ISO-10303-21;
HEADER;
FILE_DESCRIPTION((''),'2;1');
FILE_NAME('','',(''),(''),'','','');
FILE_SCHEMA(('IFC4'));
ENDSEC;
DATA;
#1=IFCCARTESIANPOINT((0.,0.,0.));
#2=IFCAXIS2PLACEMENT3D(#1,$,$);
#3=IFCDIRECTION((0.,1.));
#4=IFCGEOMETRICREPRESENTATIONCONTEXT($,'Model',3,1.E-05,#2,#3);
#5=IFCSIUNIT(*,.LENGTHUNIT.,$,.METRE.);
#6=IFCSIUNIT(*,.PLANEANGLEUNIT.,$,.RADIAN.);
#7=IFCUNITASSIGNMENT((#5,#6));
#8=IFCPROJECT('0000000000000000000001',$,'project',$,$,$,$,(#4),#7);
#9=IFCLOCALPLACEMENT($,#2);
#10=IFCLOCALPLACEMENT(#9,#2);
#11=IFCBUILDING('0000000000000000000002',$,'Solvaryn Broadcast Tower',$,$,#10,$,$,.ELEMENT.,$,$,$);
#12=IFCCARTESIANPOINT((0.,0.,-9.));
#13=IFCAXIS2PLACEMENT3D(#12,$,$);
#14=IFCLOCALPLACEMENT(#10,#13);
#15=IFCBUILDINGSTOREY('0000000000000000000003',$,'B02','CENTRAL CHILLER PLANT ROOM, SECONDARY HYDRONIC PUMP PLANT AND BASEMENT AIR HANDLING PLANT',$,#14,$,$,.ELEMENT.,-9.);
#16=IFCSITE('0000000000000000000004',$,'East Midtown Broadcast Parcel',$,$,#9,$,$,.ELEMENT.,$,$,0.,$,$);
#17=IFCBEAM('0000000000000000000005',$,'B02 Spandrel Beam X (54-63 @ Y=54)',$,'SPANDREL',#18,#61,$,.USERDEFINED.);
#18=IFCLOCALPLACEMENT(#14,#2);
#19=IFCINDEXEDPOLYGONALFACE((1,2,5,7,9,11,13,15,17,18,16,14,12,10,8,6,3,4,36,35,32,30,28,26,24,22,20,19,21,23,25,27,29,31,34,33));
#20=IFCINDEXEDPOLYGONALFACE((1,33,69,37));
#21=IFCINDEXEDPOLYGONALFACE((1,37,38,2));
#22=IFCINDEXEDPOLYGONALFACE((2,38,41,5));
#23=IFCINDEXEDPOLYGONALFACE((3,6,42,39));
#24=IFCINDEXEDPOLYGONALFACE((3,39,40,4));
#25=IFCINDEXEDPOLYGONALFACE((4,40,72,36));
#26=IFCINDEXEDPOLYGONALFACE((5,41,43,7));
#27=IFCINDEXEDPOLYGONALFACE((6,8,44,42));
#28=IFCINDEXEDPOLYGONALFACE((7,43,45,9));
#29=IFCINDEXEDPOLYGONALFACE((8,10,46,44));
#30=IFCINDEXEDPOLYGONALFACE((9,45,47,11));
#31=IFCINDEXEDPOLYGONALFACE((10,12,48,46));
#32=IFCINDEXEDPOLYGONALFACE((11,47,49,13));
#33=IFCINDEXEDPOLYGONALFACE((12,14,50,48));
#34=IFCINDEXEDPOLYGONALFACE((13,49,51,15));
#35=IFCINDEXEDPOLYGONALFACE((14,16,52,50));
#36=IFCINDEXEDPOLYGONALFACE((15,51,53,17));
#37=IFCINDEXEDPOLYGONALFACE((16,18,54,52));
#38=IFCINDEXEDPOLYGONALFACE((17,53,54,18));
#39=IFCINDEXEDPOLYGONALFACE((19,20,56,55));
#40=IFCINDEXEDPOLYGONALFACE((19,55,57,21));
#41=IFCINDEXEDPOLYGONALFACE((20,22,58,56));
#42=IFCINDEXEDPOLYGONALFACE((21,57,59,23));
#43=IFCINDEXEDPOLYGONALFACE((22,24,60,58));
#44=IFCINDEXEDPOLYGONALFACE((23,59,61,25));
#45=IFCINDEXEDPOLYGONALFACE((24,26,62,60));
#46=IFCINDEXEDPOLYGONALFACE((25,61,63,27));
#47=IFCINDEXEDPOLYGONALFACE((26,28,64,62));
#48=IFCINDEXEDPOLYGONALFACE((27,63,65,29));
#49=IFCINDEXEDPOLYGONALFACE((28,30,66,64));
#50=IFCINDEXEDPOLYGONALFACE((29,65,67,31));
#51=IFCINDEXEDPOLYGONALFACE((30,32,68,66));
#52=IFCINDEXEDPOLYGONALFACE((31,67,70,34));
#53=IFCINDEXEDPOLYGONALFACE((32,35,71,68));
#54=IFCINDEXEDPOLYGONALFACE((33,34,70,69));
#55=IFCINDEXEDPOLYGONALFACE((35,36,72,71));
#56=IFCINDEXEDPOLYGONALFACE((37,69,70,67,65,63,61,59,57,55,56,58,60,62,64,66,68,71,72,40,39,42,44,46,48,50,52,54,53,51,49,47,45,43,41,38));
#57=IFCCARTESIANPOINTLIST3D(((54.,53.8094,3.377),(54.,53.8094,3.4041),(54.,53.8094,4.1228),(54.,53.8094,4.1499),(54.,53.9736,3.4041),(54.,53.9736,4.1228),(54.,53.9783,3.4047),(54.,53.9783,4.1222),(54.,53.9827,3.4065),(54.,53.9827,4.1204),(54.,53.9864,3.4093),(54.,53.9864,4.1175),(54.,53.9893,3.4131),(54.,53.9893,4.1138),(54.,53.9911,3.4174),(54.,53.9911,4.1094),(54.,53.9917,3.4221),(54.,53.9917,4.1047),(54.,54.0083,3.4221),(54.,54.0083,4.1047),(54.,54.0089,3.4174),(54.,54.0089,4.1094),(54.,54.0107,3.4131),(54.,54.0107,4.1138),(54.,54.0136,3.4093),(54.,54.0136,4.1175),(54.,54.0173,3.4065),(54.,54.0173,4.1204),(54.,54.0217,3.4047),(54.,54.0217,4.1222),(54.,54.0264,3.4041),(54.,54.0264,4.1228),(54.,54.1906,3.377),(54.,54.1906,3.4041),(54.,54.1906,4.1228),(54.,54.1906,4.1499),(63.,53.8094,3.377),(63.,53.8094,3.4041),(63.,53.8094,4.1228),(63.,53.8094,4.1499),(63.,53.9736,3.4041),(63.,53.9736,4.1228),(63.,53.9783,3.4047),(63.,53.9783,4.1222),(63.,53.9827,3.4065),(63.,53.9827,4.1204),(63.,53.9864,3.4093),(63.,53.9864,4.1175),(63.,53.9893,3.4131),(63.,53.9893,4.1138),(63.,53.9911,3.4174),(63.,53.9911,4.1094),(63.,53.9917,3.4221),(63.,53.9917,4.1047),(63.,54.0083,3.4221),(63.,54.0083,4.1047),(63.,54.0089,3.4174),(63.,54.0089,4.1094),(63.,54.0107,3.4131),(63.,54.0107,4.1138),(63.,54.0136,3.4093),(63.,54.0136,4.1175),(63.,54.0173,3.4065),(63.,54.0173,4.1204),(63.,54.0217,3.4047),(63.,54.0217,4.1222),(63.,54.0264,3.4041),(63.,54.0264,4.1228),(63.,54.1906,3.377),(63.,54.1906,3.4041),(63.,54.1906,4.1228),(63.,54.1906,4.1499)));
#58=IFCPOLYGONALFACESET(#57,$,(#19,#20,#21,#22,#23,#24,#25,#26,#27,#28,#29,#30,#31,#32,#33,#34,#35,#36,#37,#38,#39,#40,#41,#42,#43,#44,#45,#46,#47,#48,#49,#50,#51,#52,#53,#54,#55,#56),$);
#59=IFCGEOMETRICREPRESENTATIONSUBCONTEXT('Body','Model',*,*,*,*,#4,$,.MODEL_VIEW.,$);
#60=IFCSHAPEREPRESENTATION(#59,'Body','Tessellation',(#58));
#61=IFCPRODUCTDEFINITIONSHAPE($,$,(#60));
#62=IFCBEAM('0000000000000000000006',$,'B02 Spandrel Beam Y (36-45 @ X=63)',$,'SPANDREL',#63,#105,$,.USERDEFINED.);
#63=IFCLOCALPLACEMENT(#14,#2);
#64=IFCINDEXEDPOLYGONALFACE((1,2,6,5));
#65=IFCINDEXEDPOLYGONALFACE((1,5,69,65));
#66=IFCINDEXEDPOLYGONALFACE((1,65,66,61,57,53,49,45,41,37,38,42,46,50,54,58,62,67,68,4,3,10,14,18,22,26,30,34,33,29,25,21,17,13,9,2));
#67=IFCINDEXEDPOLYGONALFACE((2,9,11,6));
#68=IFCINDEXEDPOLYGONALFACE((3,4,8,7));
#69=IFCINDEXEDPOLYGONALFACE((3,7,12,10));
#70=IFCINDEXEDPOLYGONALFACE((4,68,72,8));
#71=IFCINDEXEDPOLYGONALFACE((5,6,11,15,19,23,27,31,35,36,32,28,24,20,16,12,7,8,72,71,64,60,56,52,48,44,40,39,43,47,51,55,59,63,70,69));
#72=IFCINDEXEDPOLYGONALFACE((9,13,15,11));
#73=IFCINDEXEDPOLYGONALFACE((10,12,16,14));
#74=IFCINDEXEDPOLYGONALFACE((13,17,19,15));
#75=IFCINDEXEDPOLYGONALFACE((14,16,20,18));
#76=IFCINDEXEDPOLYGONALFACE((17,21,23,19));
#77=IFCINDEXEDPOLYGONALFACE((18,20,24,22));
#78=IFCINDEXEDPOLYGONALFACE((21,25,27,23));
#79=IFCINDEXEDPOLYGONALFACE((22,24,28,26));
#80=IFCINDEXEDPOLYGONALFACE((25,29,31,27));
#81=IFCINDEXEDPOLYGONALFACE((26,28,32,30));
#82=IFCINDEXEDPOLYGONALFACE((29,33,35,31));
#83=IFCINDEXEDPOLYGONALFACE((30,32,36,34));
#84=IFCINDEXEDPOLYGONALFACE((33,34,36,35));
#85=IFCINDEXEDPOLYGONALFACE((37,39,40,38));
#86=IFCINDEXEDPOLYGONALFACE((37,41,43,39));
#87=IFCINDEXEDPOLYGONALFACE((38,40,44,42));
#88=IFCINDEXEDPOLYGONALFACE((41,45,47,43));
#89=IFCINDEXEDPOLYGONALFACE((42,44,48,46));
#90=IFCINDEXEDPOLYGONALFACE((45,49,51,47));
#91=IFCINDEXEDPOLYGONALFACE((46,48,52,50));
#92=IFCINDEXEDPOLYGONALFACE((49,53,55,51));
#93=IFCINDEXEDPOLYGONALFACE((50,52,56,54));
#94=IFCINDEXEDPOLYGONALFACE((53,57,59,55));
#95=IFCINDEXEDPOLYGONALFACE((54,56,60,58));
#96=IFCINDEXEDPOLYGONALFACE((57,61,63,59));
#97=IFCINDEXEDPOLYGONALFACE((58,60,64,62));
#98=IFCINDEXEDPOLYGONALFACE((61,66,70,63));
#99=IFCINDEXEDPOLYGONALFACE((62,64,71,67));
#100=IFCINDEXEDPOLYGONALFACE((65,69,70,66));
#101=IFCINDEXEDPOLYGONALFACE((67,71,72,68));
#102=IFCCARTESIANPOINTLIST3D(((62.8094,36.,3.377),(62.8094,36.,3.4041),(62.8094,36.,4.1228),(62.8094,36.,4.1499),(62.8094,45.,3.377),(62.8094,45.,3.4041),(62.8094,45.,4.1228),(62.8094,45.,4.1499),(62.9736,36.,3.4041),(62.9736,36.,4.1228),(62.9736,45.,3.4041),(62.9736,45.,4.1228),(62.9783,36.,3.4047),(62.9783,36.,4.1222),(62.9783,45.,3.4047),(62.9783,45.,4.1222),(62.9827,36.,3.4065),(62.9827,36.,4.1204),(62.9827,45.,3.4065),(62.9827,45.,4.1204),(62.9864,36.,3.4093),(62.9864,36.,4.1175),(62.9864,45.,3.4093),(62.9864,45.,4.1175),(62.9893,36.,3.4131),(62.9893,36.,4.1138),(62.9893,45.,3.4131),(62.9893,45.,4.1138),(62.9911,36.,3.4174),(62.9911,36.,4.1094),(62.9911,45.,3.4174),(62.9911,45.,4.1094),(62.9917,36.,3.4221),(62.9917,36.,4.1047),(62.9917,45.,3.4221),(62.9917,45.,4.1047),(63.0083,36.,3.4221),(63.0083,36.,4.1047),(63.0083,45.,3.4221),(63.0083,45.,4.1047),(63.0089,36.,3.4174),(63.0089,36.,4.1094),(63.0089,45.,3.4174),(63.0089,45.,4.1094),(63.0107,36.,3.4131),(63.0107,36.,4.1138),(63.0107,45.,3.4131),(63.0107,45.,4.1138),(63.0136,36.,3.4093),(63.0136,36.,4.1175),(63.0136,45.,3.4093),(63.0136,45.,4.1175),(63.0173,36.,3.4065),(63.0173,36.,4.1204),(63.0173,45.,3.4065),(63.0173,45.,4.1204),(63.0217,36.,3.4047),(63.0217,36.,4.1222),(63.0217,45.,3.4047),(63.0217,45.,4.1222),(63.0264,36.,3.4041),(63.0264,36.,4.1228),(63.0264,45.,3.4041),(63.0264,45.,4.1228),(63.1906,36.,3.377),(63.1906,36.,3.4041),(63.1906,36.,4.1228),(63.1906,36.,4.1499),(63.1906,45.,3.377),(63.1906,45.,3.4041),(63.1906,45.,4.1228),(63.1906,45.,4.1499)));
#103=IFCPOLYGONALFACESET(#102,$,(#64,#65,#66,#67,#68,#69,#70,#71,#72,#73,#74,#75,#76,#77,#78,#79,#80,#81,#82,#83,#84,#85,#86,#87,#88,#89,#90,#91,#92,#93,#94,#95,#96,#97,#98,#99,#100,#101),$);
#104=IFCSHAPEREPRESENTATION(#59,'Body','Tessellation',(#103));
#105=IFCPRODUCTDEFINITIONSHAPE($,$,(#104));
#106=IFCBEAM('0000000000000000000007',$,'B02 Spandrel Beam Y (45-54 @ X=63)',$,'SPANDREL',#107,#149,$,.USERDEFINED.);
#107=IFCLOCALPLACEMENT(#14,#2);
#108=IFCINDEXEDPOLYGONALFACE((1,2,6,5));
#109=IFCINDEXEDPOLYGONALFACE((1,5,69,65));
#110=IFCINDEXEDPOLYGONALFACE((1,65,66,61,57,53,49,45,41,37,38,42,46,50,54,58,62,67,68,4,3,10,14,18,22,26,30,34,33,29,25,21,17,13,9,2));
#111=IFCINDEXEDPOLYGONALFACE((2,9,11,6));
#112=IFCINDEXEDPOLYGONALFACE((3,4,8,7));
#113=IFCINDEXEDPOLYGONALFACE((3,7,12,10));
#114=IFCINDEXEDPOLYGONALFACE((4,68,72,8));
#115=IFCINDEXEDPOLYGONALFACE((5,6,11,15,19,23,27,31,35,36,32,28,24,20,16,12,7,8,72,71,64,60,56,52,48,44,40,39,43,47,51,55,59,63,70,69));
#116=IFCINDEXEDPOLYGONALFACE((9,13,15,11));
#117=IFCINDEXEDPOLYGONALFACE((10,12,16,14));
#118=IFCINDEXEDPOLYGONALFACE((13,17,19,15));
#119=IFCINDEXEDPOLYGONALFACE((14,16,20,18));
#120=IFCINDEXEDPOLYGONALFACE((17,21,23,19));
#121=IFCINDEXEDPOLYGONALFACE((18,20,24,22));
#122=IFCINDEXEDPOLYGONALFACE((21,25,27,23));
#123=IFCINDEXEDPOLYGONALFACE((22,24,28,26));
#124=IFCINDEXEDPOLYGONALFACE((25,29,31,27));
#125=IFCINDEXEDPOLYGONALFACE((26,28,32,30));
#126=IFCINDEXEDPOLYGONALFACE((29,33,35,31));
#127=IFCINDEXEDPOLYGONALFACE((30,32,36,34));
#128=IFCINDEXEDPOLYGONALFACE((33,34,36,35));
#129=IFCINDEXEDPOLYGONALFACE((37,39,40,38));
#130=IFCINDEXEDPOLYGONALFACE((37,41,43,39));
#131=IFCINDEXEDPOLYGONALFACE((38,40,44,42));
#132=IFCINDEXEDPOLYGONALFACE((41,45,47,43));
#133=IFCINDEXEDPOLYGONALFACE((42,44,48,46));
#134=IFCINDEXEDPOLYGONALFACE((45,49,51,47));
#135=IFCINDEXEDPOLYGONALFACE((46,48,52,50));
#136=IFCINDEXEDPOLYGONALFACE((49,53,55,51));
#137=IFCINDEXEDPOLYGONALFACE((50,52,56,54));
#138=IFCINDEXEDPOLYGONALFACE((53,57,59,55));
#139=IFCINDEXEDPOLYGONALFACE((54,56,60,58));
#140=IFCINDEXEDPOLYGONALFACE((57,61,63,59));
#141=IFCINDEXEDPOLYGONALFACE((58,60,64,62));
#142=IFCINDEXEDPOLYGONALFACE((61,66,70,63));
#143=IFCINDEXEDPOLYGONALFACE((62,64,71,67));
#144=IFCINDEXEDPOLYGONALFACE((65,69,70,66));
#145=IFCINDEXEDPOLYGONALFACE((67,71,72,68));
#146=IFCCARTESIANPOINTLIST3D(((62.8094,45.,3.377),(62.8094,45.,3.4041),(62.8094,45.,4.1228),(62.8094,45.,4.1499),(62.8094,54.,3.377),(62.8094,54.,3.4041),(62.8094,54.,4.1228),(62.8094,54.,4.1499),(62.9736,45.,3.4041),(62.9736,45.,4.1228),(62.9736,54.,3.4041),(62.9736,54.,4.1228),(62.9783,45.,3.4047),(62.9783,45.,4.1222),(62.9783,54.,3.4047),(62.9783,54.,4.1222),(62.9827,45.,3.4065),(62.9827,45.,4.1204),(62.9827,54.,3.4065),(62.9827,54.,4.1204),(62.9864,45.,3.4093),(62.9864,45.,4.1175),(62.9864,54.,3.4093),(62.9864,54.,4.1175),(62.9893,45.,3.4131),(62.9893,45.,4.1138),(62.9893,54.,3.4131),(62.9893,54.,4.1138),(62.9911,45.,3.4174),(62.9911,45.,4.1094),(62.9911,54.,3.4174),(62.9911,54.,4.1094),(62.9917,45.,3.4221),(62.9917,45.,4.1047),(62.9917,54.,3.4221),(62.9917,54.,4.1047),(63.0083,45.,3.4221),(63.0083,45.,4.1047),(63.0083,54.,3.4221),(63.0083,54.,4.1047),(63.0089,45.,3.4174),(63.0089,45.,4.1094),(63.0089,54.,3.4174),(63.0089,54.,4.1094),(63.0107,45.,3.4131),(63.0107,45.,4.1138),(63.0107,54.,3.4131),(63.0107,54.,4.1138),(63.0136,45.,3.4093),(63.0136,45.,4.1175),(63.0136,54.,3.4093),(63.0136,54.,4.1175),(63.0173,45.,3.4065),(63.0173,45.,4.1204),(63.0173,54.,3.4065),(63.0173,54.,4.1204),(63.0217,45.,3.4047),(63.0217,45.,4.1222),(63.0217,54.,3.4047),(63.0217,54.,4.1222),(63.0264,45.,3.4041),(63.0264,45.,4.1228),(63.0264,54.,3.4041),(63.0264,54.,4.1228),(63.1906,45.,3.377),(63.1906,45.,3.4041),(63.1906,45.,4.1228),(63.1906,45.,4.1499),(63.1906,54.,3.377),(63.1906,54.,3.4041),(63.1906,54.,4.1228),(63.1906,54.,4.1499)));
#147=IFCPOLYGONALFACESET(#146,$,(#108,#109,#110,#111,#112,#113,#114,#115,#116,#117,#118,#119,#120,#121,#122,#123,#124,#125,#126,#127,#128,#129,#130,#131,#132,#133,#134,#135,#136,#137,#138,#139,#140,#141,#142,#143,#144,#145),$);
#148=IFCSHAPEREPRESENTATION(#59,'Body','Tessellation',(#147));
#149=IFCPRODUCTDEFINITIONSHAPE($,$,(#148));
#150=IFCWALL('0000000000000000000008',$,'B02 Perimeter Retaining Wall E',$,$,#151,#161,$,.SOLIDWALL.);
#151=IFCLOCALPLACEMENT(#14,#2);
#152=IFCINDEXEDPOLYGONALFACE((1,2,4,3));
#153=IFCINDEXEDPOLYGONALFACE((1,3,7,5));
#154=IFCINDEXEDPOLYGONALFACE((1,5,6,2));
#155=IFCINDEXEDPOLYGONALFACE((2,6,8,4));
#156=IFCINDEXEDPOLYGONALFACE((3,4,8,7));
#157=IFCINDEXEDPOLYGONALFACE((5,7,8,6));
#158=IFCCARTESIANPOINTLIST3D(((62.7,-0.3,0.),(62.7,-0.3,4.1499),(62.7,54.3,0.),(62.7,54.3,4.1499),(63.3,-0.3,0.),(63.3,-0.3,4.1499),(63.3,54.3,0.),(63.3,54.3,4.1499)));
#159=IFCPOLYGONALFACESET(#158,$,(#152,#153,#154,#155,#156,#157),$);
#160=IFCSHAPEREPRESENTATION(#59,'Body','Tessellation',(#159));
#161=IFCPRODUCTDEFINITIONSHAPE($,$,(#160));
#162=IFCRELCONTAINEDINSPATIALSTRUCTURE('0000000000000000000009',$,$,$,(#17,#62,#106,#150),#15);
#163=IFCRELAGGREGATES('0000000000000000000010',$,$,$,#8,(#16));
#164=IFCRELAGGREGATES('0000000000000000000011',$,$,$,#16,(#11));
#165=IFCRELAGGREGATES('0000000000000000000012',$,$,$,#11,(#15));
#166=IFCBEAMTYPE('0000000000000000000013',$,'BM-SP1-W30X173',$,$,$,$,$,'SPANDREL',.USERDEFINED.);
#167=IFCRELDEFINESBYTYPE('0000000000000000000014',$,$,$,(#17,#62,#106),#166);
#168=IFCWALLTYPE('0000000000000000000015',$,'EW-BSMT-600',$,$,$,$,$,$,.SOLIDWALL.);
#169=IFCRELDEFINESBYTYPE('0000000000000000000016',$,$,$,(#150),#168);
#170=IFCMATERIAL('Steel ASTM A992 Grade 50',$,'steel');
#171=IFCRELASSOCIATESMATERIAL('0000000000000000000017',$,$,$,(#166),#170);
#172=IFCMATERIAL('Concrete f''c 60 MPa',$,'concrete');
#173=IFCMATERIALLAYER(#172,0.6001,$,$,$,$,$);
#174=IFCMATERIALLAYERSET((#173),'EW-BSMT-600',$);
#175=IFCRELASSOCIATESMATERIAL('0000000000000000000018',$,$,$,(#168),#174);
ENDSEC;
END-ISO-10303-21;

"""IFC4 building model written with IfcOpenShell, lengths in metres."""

from ifc_helpers import new_model, si_unit, direction, frame, frame_2d, origin, origin_2d, place, context, subcontext, project, spatial, rectangle, i_section, extrude, material, layer, layer_set, material_profile, profile_set, type_object, element, save


model = new_model("IFC4")

# Units and contexts
model_context = context("Model", 3, precision=1e-05, world=origin(), true_north=direction((0.0, 1.0)))
body_context = subcontext(model_context, "Body", "Model", "MODEL_VIEW")
ifc_project = project(units=[si_unit("LENGTHUNIT", "METRE"), si_unit("PLANEANGLEUNIT", "RADIAN")], contexts=[model_context])

# Site, building, storey
site_placement = place(None, origin())
site = spatial("IfcSite", under=ifc_project, at=site_placement, Name="East Midtown Broadcast Parcel", CompositionType="ELEMENT", RefElevation=0.0)
building_placement = place(site_placement, origin())
building = spatial("IfcBuilding", under=site, at=building_placement, Name="Solvaryn Broadcast Tower", CompositionType="ELEMENT")
storey_placement = place(building_placement, frame((0.0, 0.0, -9.0)))
storey = spatial("IfcBuildingStorey", under=building, at=storey_placement, Name="B02", Description="CENTRAL CHILLER PLANT ROOM, SECONDARY HYDRONIC PUMP PLANT AND BASEMENT AIR HANDLING PLANT", CompositionType="ELEMENT", Elevation=-9.0)

# Beams
ifc_material_1 = material(Name="Steel ASTM A992 Grade 50", Category="steel")
ifc_material_profile_1 = material_profile(ifc_material_1, i_section(OverallWidth=0.3811, OverallDepth=0.7729, WebThickness=0.0166, FlangeThickness=0.0271, FilletRadius=0.0181, at=origin_2d()))
ifc_profile_set_1 = profile_set([ifc_material_profile_1], Name="Steel ASTM A992 Grade 50")
beam_type_1 = type_object("IfcBeamType", Name="BM-SP1-W30X173", ElementType="SPANDREL", PredefinedType="USERDEFINED", material=ifc_profile_set_1)
for number, where, z_axis, x_axis, name in (
    (1, (54.0, 54.0, 3.7634), (1.0, 0.0, 0.0), (0.0, 1.0, 0.0), "B02 Spandrel Beam X (54-63 @ Y=54)"),
    (2, (63.0, 36.0, 3.7634), (0.0, 1.0, 0.0), (-1.0, 0.0, 0.0), "B02 Spandrel Beam Y (36-45 @ X=63)"),
    (3, (63.0, 45.0, 3.7634), (0.0, 1.0, 0.0), (-1.0, 0.0, 0.0), "B02 Spandrel Beam Y (45-54 @ X=63)"),
):
    element("IfcBeam", number, at=place(storey_placement, frame(where, z_axis=z_axis, x_axis=x_axis)), inside=storey, type_object=beam_type_1, Name=name, ObjectType="SPANDREL", PredefinedType="USERDEFINED", context=body_context, shape_type="SweptSolid", body=[
        extrude(i_section(OverallWidth=0.3811, OverallDepth=0.7729, WebThickness=0.0166, FlangeThickness=0.0271, FilletRadius=0.0181, at=origin_2d()), origin(), (0.0, 0.0, 1.0), 9.0),
    ])

# Wall
ifc_material_2 = material(Name="Concrete f'c 60 MPa", Category="concrete")
ifc_layer = layer(ifc_material_2, 0.6001)
ifc_layer_set = layer_set([ifc_layer], Name="EW-BSMT-600")
wall_type = type_object("IfcWallType", Name="EW-BSMT-600", PredefinedType="SOLIDWALL", material=ifc_layer_set)
wall_placement = place(storey_placement, frame((63.0, 54.3, 0.0), z_axis=(0.0, 0.0, 1.0), x_axis=(0.0, -1.0, 0.0)))
element("IfcWall", 4, at=wall_placement, inside=storey, type_object=wall_type, Name="B02 Perimeter Retaining Wall E", PredefinedType="SOLIDWALL", context=body_context, shape_type="SweptSolid", body=[
    extrude(rectangle(XDim=54.6001, YDim=0.6001, at=frame_2d((27.3, 0.0))), origin(), (0.0, 0.0, 1.0), 4.1499),
])

save(model, "model.ifc")
